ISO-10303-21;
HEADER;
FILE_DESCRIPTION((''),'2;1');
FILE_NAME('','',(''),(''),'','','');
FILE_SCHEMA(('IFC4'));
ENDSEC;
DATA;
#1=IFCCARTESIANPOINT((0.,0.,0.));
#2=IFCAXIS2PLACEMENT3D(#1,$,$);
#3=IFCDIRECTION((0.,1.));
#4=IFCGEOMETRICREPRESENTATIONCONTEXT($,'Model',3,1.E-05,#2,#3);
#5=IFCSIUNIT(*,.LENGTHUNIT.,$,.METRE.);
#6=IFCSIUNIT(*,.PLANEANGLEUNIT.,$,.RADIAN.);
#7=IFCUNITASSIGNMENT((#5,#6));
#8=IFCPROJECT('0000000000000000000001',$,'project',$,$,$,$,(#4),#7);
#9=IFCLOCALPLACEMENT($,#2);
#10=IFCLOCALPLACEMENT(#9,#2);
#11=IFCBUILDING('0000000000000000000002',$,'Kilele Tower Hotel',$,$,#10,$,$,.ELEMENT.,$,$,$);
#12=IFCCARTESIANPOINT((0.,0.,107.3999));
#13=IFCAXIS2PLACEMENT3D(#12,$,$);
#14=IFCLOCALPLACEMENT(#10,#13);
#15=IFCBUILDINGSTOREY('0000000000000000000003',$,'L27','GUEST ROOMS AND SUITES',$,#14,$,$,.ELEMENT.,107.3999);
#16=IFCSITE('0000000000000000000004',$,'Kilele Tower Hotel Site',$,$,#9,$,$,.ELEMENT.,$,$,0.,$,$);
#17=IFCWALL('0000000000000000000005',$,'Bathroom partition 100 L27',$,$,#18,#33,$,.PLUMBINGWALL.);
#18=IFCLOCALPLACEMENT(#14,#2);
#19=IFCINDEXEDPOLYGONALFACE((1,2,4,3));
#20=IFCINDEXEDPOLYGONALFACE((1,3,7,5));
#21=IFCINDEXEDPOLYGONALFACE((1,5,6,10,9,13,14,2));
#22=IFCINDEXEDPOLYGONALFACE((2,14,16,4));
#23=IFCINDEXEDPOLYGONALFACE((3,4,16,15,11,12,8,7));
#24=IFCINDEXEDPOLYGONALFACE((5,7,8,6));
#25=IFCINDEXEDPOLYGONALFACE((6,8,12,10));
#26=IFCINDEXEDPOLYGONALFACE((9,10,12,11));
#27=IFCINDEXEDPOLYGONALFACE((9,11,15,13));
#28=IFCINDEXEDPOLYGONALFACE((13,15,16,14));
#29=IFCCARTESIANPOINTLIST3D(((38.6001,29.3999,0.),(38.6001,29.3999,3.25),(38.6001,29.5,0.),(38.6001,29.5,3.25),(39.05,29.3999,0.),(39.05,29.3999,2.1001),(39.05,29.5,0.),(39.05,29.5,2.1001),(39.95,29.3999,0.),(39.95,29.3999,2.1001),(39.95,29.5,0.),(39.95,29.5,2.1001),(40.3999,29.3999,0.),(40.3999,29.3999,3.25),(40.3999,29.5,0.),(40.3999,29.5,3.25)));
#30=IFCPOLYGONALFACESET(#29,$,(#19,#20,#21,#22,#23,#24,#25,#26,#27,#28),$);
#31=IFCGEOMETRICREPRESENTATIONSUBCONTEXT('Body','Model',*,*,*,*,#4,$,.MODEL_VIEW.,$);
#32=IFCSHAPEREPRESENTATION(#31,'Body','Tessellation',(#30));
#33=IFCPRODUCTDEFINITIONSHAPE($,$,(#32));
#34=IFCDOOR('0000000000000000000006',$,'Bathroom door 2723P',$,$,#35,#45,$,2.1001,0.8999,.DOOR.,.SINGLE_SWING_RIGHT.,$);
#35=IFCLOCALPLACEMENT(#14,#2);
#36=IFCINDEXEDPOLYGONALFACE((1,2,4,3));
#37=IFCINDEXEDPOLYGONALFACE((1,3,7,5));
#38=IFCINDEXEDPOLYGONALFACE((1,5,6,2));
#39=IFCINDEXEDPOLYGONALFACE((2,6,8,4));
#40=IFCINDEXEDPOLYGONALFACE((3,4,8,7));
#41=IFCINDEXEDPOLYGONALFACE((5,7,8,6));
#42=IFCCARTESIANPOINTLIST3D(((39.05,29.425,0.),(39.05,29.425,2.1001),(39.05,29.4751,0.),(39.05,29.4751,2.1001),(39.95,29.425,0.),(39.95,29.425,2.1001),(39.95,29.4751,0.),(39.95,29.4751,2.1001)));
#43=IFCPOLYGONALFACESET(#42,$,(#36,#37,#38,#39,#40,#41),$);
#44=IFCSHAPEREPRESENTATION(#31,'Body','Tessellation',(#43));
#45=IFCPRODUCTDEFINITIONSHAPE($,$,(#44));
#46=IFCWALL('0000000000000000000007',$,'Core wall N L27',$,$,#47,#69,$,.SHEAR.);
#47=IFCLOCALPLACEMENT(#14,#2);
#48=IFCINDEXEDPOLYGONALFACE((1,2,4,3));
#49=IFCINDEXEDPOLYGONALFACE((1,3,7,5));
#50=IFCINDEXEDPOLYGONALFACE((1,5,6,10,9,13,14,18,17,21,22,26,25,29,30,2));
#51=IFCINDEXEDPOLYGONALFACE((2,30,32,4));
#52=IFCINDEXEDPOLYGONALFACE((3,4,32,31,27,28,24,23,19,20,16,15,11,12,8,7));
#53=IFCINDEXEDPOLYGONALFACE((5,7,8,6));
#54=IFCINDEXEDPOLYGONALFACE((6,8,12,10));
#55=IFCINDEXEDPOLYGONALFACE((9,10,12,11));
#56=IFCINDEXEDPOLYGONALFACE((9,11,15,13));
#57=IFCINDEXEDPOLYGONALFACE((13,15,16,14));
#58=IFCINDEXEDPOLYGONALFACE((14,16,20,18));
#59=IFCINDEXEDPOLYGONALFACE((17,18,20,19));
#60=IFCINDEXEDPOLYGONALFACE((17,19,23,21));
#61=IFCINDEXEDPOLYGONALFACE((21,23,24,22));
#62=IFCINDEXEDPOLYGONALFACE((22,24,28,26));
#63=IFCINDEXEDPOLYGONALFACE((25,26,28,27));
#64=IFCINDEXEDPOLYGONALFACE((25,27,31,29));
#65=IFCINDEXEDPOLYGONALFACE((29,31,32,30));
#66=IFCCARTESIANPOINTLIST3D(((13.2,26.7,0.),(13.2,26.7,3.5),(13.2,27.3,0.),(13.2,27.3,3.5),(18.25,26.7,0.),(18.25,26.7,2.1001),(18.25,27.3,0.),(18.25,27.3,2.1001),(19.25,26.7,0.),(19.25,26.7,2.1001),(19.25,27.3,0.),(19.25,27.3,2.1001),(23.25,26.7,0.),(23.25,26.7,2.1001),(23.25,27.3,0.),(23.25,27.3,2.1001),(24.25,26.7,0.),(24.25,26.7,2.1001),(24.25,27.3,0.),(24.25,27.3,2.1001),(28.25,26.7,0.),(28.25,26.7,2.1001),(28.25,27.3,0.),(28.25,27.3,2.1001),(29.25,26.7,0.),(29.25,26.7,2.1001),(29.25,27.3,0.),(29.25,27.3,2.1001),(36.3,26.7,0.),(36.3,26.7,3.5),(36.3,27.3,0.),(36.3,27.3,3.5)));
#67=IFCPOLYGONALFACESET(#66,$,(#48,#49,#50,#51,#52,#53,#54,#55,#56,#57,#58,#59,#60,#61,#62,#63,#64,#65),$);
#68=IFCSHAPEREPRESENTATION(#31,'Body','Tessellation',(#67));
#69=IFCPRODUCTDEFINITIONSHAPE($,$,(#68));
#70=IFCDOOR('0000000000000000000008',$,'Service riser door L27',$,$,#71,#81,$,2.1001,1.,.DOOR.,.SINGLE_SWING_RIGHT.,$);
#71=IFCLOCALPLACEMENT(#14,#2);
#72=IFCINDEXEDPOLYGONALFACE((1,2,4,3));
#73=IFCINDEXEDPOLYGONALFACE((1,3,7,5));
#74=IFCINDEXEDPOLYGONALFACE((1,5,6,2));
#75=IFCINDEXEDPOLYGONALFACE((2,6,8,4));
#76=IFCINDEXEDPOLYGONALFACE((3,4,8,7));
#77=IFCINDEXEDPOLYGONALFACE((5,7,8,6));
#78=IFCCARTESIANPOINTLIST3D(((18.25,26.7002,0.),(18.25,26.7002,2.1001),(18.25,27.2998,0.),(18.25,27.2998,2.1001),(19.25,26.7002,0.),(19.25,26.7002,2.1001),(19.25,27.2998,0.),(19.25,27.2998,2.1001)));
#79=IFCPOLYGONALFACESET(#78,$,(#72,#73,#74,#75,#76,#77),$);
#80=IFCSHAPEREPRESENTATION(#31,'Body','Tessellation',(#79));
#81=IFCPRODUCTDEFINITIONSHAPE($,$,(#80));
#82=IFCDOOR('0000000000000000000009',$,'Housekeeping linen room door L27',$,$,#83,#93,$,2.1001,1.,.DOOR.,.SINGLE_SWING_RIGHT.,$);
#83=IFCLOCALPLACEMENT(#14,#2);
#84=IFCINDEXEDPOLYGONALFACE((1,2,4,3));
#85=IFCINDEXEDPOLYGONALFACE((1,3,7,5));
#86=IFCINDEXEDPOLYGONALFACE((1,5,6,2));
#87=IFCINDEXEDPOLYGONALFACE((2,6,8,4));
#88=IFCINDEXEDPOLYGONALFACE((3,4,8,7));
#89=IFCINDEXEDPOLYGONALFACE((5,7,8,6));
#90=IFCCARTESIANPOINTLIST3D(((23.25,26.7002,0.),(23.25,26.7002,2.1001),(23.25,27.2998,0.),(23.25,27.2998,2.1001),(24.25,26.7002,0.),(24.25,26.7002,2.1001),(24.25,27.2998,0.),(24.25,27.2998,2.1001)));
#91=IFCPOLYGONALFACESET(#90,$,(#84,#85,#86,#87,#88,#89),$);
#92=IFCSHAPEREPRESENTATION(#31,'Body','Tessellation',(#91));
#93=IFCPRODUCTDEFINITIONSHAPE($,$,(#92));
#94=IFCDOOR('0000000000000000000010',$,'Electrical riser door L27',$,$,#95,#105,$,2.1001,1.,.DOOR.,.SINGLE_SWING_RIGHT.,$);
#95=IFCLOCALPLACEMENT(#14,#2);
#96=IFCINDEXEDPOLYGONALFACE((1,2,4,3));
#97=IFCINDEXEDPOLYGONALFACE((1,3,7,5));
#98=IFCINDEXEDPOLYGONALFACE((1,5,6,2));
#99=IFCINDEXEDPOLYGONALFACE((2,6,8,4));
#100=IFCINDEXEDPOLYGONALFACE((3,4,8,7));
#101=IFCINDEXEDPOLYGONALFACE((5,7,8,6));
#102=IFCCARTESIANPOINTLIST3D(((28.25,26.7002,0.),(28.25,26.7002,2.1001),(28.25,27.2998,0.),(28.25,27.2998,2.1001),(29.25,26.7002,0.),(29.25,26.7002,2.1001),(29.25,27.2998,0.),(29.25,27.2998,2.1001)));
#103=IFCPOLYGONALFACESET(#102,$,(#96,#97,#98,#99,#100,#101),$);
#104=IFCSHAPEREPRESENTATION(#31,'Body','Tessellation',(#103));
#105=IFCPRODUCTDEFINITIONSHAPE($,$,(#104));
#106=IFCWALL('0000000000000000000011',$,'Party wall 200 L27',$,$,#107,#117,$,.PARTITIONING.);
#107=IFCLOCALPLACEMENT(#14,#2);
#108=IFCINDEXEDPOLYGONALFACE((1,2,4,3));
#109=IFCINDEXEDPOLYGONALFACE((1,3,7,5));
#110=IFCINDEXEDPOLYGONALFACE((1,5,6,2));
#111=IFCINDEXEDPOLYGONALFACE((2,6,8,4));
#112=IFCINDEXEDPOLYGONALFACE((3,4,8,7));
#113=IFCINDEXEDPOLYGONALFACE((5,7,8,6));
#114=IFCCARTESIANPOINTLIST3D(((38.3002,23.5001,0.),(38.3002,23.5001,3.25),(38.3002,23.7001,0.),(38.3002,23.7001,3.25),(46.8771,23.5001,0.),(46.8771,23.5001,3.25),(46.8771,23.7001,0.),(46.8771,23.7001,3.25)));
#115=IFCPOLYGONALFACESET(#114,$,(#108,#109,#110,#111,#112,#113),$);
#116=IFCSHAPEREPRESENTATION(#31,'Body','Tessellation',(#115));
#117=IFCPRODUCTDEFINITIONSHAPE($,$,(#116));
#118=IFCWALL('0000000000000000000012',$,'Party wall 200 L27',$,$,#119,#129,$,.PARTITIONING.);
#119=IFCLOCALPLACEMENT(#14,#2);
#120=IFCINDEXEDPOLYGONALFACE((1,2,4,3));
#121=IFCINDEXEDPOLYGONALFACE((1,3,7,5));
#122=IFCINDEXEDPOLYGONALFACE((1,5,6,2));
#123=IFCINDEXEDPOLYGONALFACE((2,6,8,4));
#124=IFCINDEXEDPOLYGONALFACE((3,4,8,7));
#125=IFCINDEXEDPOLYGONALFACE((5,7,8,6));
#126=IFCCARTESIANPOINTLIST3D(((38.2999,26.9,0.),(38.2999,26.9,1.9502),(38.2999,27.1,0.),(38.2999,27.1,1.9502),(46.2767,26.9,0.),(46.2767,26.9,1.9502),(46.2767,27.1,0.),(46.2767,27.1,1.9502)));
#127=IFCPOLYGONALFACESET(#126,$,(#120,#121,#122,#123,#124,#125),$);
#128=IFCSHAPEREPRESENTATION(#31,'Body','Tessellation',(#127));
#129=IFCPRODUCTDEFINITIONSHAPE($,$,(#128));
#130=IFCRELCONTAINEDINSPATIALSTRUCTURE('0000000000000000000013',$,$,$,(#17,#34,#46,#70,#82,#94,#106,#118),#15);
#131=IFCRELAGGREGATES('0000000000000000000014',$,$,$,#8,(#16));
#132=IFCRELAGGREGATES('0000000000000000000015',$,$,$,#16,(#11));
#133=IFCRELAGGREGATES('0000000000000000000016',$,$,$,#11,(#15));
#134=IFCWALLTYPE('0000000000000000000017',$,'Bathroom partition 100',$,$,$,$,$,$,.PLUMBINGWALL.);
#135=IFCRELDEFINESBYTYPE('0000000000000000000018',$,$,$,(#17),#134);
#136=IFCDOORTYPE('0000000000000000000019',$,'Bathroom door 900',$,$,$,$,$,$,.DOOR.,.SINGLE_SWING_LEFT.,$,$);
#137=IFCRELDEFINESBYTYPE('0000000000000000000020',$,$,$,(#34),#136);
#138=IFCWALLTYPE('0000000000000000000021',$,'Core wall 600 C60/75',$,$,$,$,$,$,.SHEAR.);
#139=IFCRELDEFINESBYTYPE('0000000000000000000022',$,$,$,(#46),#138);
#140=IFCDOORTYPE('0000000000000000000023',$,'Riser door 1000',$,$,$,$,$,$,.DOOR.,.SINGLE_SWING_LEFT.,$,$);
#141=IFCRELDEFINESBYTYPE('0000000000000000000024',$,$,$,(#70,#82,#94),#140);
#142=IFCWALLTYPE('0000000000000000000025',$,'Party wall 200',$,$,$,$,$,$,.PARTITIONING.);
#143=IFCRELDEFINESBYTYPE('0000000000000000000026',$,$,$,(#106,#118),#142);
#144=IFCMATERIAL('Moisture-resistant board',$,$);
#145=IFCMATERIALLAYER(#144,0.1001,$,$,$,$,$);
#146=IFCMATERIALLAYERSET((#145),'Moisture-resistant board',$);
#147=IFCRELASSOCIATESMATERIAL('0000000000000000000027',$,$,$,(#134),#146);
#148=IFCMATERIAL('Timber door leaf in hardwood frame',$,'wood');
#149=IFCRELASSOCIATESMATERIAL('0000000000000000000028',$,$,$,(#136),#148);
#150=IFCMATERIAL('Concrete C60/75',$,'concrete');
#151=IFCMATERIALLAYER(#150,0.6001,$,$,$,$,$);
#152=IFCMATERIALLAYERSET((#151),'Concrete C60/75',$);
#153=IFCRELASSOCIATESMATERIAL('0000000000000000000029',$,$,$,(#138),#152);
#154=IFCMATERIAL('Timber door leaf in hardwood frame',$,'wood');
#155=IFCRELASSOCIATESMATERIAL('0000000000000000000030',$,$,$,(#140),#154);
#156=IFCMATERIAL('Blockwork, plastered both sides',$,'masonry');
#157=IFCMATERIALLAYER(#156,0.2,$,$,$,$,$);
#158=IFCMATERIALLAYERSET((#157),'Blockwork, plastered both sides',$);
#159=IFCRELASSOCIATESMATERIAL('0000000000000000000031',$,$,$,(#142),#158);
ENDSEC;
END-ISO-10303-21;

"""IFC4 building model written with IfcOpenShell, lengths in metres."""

from ifc_helpers import new_model, si_unit, direction, frame, frame_2d, origin, place, context, subcontext, project, spatial, rectangle, extrude, material, layer, layer_set, type_object, element, fill, save


model = new_model("IFC4")

# Units and contexts
model_context = context("Model", 3, precision=1e-05, world=origin(), true_north=direction((0.0, 1.0)))
body_context = subcontext(model_context, "Body", "Model", "MODEL_VIEW")
ifc_project = project(units=[si_unit("LENGTHUNIT", "METRE"), si_unit("PLANEANGLEUNIT", "RADIAN")], contexts=[model_context])

# Site, building, storey
site_placement = place(None, origin())
site = spatial("IfcSite", under=ifc_project, at=site_placement, Name="Kilele Tower Hotel Site", CompositionType="ELEMENT", RefElevation=0.0)
building_placement = place(site_placement, origin())
building = spatial("IfcBuilding", under=site, at=building_placement, Name="Kilele Tower Hotel", CompositionType="ELEMENT")
storey_placement = place(building_placement, frame((0.0, 0.0, 107.3999)))
storey = spatial("IfcBuildingStorey", under=building, at=storey_placement, Name="L27", Description="GUEST ROOMS AND SUITES", CompositionType="ELEMENT", Elevation=107.3999)

# Shared definitions
ifc_material_1 = material(Name="Moisture-resistant board")
ifc_layer_1 = layer(ifc_material_1, 0.1001)
ifc_layer_set_1 = layer_set([ifc_layer_1], Name="Moisture-resistant board")
wall_type_1 = type_object("IfcWallType", Name="Bathroom partition 100", PredefinedType="PLUMBINGWALL", material=ifc_layer_set_1)

# Shared definitions
ifc_material_2 = material(Name="Timber door leaf in hardwood frame", Category="wood")
door_type_1 = type_object("IfcDoorType", Name="Bathroom door 900", OperationType="SINGLE_SWING_LEFT", PredefinedType="DOOR", material=ifc_material_2)

# Wall, opening, door
wall_1_placement = place(storey_placement, frame((38.6001, 29.45, 0.0), z_axis=(0.0, 0.0, 1.0), x_axis=(1.0, 0.0, 0.0)))
wall_1 = element("IfcWall", 1, at=wall_1_placement, inside=storey, type_object=wall_type_1, Name="Bathroom partition 100 L27", PredefinedType="PLUMBINGWALL", context=body_context, shape_type="SweptSolid", body=[
    extrude(rectangle(XDim=1.7998, YDim=0.1001, at=frame_2d((0.8999, 0.0))), origin(), (0.0, 0.0, 1.0), 3.25),
])
opening_1_placement = place(wall_1_placement, frame((1.3499, 0.0, 0.0), z_axis=(0.0, 0.0, 1.0), x_axis=(-1.0, 0.0, 0.0)))
opening_1 = element("IfcOpeningElement", 2, at=opening_1_placement, cuts=wall_1, PredefinedType="OPENING", context=body_context, shape_type="SweptSolid", body=[
    extrude(rectangle(XDim=0.8999, YDim=2.1001, at=frame_2d((0.45, 1.05))), frame((0.0, 0.0601, 0.0), z_axis=(0.0, -1.0, 0.0), x_axis=(1.0, 0.0, 0.0)), (0.0, 0.0, 1.0), 0.1201),
])
door_1_placement = place(opening_1_placement, origin())
door_1 = element("IfcDoor", 3, at=door_1_placement, inside=storey, type_object=door_type_1, Name="Bathroom door 2723P", OperationType="SINGLE_SWING_RIGHT", OverallHeight=2.1001, OverallWidth=0.8999, PredefinedType="DOOR", context=body_context, shape_type="SweptSolid", body=[
    extrude(rectangle(XDim=0.8999, YDim=2.1001, at=frame_2d((0.45, 1.05))), frame((0.0, 0.0249, 0.0), z_axis=(0.0, -1.0, 0.0), x_axis=(1.0, 0.0, 0.0)), (0.0, 0.0, 1.0), 0.05),
])
fill(opening_1, door_1)

# Wall, openings, doors
ifc_material_3 = material(Name="Concrete C60/75", Category="concrete")
ifc_layer_2 = layer(ifc_material_3, 0.6001)
ifc_layer_set_2 = layer_set([ifc_layer_2], Name="Concrete C60/75")
wall_type_2 = type_object("IfcWallType", Name="Core wall 600 C60/75", PredefinedType="SHEAR", material=ifc_layer_set_2)
wall_2_placement = place(storey_placement, frame((36.3, 27.0, 0.0), z_axis=(0.0, 0.0, 1.0), x_axis=(-1.0, 0.0, 0.0)))
wall_2 = element("IfcWall", 4, at=wall_2_placement, inside=storey, type_object=wall_type_2, Name="Core wall N L27", PredefinedType="SHEAR", context=body_context, shape_type="SweptSolid", body=[
    extrude(rectangle(XDim=23.1001, YDim=0.6001, at=frame_2d((11.55, 0.0))), origin(), (0.0, 0.0, 1.0), 3.5),
])
opening_2_placement = place(wall_2_placement, frame((17.05, 0.0, 0.0)))
opening_2 = element("IfcOpeningElement", 5, at=opening_2_placement, cuts=wall_2, PredefinedType="OPENING", context=body_context, shape_type="SweptSolid", body=[
    extrude(rectangle(XDim=1.0, YDim=2.1001, at=frame_2d((0.5, 1.05))), frame((0.0, 0.3101, 0.0), z_axis=(0.0, -1.0, 0.0), x_axis=(1.0, 0.0, 0.0)), (0.0, 0.0, 1.0), 0.6201),
])
opening_3_placement = place(wall_2_placement, frame((12.05, 0.0, 0.0)))
opening_3 = element("IfcOpeningElement", 6, at=opening_3_placement, cuts=wall_2, PredefinedType="OPENING", context=body_context, shape_type="SweptSolid", body=[
    extrude(rectangle(XDim=1.0, YDim=2.1001, at=frame_2d((0.5, 1.05))), frame((0.0, 0.3101, 0.0), z_axis=(0.0, -1.0, 0.0), x_axis=(1.0, 0.0, 0.0)), (0.0, 0.0, 1.0), 0.6201),
])
opening_4_placement = place(wall_2_placement, frame((7.05, 0.0, 0.0)))
opening_4 = element("IfcOpeningElement", 7, at=opening_4_placement, cuts=wall_2, PredefinedType="OPENING", context=body_context, shape_type="SweptSolid", body=[
    extrude(rectangle(XDim=1.0, YDim=2.1001, at=frame_2d((0.5, 1.05))), frame((0.0, 0.3101, 0.0), z_axis=(0.0, -1.0, 0.0), x_axis=(1.0, 0.0, 0.0)), (0.0, 0.0, 1.0), 0.6201),
])
ifc_material_4 = material(Name="Timber door leaf in hardwood frame", Category="wood")
door_type_2 = type_object("IfcDoorType", Name="Riser door 1000", OperationType="SINGLE_SWING_LEFT", PredefinedType="DOOR", material=ifc_material_4)
door_2_placement = place(opening_2_placement, origin())
door_2 = element("IfcDoor", 8, at=door_2_placement, inside=storey, type_object=door_type_2, Name="Service riser door L27", OperationType="SINGLE_SWING_RIGHT", OverallHeight=2.1001, OverallWidth=1.0, PredefinedType="DOOR", context=body_context, shape_type="SweptSolid", body=[
    extrude(rectangle(XDim=1.0, YDim=2.1001, at=frame_2d((0.5, 1.05))), frame((0.0, 0.2998, 0.0), z_axis=(0.0, -1.0, 0.0), x_axis=(1.0, 0.0, 0.0)), (0.0, 0.0, 1.0), 0.5996),
])
fill(opening_2, door_2)
door_3_placement = place(opening_3_placement, origin())
door_3 = element("IfcDoor", 9, at=door_3_placement, inside=storey, type_object=door_type_2, Name="Housekeeping linen room door L27", OperationType="SINGLE_SWING_RIGHT", OverallHeight=2.1001, OverallWidth=1.0, PredefinedType="DOOR", context=body_context, shape_type="SweptSolid", body=[
    extrude(rectangle(XDim=1.0, YDim=2.1001, at=frame_2d((0.5, 1.05))), frame((0.0, 0.2998, 0.0), z_axis=(0.0, -1.0, 0.0), x_axis=(1.0, 0.0, 0.0)), (0.0, 0.0, 1.0), 0.5996),
])
fill(opening_3, door_3)
door_4_placement = place(opening_4_placement, origin())
door_4 = element("IfcDoor", 10, at=door_4_placement, inside=storey, type_object=door_type_2, Name="Electrical riser door L27", OperationType="SINGLE_SWING_RIGHT", OverallHeight=2.1001, OverallWidth=1.0, PredefinedType="DOOR", context=body_context, shape_type="SweptSolid", body=[
    extrude(rectangle(XDim=1.0, YDim=2.1001, at=frame_2d((0.5, 1.05))), frame((0.0, 0.2998, 0.0), z_axis=(0.0, -1.0, 0.0), x_axis=(1.0, 0.0, 0.0)), (0.0, 0.0, 1.0), 0.5996),
])
fill(opening_4, door_4)

# Walls
ifc_material_5 = material(Name="Blockwork, plastered both sides", Category="masonry")
ifc_layer_3 = layer(ifc_material_5, 0.2)
ifc_layer_set_3 = layer_set([ifc_layer_3], Name="Blockwork, plastered both sides")
wall_type_3 = type_object("IfcWallType", Name="Party wall 200", PredefinedType="PARTITIONING", material=ifc_layer_set_3)
wall_3_placement = place(storey_placement, frame((38.3, 23.6001, 0.0), z_axis=(0.0, 0.0, 1.0), x_axis=(1.0, 0.0, 0.0)))
element("IfcWall", 11, at=wall_3_placement, inside=storey, type_object=wall_type_3, Name="Party wall 200 L27", PredefinedType="PARTITIONING", context=body_context, shape_type="SweptSolid", body=[
    extrude(rectangle(XDim=8.5769, YDim=0.2, at=frame_2d((4.2886, 0.0))), origin(), (0.0, 0.0, 1.0), 3.25),
])
wall_4_placement = place(storey_placement, frame((38.3, 27.0, 0.0), z_axis=(0.0, 0.0, 1.0), x_axis=(1.0, 0.0, 0.0)))
element("IfcWall", 12, at=wall_4_placement, inside=storey, type_object=wall_type_3, Name="Party wall 200 L27", PredefinedType="PARTITIONING", context=body_context, shape_type="SweptSolid", body=[
    extrude(rectangle(XDim=7.9768, YDim=0.2, at=frame_2d((3.9883, 0.0))), origin(), (0.0, 0.0, 1.0), 1.9502),
])

save(model, "model.ifc")
